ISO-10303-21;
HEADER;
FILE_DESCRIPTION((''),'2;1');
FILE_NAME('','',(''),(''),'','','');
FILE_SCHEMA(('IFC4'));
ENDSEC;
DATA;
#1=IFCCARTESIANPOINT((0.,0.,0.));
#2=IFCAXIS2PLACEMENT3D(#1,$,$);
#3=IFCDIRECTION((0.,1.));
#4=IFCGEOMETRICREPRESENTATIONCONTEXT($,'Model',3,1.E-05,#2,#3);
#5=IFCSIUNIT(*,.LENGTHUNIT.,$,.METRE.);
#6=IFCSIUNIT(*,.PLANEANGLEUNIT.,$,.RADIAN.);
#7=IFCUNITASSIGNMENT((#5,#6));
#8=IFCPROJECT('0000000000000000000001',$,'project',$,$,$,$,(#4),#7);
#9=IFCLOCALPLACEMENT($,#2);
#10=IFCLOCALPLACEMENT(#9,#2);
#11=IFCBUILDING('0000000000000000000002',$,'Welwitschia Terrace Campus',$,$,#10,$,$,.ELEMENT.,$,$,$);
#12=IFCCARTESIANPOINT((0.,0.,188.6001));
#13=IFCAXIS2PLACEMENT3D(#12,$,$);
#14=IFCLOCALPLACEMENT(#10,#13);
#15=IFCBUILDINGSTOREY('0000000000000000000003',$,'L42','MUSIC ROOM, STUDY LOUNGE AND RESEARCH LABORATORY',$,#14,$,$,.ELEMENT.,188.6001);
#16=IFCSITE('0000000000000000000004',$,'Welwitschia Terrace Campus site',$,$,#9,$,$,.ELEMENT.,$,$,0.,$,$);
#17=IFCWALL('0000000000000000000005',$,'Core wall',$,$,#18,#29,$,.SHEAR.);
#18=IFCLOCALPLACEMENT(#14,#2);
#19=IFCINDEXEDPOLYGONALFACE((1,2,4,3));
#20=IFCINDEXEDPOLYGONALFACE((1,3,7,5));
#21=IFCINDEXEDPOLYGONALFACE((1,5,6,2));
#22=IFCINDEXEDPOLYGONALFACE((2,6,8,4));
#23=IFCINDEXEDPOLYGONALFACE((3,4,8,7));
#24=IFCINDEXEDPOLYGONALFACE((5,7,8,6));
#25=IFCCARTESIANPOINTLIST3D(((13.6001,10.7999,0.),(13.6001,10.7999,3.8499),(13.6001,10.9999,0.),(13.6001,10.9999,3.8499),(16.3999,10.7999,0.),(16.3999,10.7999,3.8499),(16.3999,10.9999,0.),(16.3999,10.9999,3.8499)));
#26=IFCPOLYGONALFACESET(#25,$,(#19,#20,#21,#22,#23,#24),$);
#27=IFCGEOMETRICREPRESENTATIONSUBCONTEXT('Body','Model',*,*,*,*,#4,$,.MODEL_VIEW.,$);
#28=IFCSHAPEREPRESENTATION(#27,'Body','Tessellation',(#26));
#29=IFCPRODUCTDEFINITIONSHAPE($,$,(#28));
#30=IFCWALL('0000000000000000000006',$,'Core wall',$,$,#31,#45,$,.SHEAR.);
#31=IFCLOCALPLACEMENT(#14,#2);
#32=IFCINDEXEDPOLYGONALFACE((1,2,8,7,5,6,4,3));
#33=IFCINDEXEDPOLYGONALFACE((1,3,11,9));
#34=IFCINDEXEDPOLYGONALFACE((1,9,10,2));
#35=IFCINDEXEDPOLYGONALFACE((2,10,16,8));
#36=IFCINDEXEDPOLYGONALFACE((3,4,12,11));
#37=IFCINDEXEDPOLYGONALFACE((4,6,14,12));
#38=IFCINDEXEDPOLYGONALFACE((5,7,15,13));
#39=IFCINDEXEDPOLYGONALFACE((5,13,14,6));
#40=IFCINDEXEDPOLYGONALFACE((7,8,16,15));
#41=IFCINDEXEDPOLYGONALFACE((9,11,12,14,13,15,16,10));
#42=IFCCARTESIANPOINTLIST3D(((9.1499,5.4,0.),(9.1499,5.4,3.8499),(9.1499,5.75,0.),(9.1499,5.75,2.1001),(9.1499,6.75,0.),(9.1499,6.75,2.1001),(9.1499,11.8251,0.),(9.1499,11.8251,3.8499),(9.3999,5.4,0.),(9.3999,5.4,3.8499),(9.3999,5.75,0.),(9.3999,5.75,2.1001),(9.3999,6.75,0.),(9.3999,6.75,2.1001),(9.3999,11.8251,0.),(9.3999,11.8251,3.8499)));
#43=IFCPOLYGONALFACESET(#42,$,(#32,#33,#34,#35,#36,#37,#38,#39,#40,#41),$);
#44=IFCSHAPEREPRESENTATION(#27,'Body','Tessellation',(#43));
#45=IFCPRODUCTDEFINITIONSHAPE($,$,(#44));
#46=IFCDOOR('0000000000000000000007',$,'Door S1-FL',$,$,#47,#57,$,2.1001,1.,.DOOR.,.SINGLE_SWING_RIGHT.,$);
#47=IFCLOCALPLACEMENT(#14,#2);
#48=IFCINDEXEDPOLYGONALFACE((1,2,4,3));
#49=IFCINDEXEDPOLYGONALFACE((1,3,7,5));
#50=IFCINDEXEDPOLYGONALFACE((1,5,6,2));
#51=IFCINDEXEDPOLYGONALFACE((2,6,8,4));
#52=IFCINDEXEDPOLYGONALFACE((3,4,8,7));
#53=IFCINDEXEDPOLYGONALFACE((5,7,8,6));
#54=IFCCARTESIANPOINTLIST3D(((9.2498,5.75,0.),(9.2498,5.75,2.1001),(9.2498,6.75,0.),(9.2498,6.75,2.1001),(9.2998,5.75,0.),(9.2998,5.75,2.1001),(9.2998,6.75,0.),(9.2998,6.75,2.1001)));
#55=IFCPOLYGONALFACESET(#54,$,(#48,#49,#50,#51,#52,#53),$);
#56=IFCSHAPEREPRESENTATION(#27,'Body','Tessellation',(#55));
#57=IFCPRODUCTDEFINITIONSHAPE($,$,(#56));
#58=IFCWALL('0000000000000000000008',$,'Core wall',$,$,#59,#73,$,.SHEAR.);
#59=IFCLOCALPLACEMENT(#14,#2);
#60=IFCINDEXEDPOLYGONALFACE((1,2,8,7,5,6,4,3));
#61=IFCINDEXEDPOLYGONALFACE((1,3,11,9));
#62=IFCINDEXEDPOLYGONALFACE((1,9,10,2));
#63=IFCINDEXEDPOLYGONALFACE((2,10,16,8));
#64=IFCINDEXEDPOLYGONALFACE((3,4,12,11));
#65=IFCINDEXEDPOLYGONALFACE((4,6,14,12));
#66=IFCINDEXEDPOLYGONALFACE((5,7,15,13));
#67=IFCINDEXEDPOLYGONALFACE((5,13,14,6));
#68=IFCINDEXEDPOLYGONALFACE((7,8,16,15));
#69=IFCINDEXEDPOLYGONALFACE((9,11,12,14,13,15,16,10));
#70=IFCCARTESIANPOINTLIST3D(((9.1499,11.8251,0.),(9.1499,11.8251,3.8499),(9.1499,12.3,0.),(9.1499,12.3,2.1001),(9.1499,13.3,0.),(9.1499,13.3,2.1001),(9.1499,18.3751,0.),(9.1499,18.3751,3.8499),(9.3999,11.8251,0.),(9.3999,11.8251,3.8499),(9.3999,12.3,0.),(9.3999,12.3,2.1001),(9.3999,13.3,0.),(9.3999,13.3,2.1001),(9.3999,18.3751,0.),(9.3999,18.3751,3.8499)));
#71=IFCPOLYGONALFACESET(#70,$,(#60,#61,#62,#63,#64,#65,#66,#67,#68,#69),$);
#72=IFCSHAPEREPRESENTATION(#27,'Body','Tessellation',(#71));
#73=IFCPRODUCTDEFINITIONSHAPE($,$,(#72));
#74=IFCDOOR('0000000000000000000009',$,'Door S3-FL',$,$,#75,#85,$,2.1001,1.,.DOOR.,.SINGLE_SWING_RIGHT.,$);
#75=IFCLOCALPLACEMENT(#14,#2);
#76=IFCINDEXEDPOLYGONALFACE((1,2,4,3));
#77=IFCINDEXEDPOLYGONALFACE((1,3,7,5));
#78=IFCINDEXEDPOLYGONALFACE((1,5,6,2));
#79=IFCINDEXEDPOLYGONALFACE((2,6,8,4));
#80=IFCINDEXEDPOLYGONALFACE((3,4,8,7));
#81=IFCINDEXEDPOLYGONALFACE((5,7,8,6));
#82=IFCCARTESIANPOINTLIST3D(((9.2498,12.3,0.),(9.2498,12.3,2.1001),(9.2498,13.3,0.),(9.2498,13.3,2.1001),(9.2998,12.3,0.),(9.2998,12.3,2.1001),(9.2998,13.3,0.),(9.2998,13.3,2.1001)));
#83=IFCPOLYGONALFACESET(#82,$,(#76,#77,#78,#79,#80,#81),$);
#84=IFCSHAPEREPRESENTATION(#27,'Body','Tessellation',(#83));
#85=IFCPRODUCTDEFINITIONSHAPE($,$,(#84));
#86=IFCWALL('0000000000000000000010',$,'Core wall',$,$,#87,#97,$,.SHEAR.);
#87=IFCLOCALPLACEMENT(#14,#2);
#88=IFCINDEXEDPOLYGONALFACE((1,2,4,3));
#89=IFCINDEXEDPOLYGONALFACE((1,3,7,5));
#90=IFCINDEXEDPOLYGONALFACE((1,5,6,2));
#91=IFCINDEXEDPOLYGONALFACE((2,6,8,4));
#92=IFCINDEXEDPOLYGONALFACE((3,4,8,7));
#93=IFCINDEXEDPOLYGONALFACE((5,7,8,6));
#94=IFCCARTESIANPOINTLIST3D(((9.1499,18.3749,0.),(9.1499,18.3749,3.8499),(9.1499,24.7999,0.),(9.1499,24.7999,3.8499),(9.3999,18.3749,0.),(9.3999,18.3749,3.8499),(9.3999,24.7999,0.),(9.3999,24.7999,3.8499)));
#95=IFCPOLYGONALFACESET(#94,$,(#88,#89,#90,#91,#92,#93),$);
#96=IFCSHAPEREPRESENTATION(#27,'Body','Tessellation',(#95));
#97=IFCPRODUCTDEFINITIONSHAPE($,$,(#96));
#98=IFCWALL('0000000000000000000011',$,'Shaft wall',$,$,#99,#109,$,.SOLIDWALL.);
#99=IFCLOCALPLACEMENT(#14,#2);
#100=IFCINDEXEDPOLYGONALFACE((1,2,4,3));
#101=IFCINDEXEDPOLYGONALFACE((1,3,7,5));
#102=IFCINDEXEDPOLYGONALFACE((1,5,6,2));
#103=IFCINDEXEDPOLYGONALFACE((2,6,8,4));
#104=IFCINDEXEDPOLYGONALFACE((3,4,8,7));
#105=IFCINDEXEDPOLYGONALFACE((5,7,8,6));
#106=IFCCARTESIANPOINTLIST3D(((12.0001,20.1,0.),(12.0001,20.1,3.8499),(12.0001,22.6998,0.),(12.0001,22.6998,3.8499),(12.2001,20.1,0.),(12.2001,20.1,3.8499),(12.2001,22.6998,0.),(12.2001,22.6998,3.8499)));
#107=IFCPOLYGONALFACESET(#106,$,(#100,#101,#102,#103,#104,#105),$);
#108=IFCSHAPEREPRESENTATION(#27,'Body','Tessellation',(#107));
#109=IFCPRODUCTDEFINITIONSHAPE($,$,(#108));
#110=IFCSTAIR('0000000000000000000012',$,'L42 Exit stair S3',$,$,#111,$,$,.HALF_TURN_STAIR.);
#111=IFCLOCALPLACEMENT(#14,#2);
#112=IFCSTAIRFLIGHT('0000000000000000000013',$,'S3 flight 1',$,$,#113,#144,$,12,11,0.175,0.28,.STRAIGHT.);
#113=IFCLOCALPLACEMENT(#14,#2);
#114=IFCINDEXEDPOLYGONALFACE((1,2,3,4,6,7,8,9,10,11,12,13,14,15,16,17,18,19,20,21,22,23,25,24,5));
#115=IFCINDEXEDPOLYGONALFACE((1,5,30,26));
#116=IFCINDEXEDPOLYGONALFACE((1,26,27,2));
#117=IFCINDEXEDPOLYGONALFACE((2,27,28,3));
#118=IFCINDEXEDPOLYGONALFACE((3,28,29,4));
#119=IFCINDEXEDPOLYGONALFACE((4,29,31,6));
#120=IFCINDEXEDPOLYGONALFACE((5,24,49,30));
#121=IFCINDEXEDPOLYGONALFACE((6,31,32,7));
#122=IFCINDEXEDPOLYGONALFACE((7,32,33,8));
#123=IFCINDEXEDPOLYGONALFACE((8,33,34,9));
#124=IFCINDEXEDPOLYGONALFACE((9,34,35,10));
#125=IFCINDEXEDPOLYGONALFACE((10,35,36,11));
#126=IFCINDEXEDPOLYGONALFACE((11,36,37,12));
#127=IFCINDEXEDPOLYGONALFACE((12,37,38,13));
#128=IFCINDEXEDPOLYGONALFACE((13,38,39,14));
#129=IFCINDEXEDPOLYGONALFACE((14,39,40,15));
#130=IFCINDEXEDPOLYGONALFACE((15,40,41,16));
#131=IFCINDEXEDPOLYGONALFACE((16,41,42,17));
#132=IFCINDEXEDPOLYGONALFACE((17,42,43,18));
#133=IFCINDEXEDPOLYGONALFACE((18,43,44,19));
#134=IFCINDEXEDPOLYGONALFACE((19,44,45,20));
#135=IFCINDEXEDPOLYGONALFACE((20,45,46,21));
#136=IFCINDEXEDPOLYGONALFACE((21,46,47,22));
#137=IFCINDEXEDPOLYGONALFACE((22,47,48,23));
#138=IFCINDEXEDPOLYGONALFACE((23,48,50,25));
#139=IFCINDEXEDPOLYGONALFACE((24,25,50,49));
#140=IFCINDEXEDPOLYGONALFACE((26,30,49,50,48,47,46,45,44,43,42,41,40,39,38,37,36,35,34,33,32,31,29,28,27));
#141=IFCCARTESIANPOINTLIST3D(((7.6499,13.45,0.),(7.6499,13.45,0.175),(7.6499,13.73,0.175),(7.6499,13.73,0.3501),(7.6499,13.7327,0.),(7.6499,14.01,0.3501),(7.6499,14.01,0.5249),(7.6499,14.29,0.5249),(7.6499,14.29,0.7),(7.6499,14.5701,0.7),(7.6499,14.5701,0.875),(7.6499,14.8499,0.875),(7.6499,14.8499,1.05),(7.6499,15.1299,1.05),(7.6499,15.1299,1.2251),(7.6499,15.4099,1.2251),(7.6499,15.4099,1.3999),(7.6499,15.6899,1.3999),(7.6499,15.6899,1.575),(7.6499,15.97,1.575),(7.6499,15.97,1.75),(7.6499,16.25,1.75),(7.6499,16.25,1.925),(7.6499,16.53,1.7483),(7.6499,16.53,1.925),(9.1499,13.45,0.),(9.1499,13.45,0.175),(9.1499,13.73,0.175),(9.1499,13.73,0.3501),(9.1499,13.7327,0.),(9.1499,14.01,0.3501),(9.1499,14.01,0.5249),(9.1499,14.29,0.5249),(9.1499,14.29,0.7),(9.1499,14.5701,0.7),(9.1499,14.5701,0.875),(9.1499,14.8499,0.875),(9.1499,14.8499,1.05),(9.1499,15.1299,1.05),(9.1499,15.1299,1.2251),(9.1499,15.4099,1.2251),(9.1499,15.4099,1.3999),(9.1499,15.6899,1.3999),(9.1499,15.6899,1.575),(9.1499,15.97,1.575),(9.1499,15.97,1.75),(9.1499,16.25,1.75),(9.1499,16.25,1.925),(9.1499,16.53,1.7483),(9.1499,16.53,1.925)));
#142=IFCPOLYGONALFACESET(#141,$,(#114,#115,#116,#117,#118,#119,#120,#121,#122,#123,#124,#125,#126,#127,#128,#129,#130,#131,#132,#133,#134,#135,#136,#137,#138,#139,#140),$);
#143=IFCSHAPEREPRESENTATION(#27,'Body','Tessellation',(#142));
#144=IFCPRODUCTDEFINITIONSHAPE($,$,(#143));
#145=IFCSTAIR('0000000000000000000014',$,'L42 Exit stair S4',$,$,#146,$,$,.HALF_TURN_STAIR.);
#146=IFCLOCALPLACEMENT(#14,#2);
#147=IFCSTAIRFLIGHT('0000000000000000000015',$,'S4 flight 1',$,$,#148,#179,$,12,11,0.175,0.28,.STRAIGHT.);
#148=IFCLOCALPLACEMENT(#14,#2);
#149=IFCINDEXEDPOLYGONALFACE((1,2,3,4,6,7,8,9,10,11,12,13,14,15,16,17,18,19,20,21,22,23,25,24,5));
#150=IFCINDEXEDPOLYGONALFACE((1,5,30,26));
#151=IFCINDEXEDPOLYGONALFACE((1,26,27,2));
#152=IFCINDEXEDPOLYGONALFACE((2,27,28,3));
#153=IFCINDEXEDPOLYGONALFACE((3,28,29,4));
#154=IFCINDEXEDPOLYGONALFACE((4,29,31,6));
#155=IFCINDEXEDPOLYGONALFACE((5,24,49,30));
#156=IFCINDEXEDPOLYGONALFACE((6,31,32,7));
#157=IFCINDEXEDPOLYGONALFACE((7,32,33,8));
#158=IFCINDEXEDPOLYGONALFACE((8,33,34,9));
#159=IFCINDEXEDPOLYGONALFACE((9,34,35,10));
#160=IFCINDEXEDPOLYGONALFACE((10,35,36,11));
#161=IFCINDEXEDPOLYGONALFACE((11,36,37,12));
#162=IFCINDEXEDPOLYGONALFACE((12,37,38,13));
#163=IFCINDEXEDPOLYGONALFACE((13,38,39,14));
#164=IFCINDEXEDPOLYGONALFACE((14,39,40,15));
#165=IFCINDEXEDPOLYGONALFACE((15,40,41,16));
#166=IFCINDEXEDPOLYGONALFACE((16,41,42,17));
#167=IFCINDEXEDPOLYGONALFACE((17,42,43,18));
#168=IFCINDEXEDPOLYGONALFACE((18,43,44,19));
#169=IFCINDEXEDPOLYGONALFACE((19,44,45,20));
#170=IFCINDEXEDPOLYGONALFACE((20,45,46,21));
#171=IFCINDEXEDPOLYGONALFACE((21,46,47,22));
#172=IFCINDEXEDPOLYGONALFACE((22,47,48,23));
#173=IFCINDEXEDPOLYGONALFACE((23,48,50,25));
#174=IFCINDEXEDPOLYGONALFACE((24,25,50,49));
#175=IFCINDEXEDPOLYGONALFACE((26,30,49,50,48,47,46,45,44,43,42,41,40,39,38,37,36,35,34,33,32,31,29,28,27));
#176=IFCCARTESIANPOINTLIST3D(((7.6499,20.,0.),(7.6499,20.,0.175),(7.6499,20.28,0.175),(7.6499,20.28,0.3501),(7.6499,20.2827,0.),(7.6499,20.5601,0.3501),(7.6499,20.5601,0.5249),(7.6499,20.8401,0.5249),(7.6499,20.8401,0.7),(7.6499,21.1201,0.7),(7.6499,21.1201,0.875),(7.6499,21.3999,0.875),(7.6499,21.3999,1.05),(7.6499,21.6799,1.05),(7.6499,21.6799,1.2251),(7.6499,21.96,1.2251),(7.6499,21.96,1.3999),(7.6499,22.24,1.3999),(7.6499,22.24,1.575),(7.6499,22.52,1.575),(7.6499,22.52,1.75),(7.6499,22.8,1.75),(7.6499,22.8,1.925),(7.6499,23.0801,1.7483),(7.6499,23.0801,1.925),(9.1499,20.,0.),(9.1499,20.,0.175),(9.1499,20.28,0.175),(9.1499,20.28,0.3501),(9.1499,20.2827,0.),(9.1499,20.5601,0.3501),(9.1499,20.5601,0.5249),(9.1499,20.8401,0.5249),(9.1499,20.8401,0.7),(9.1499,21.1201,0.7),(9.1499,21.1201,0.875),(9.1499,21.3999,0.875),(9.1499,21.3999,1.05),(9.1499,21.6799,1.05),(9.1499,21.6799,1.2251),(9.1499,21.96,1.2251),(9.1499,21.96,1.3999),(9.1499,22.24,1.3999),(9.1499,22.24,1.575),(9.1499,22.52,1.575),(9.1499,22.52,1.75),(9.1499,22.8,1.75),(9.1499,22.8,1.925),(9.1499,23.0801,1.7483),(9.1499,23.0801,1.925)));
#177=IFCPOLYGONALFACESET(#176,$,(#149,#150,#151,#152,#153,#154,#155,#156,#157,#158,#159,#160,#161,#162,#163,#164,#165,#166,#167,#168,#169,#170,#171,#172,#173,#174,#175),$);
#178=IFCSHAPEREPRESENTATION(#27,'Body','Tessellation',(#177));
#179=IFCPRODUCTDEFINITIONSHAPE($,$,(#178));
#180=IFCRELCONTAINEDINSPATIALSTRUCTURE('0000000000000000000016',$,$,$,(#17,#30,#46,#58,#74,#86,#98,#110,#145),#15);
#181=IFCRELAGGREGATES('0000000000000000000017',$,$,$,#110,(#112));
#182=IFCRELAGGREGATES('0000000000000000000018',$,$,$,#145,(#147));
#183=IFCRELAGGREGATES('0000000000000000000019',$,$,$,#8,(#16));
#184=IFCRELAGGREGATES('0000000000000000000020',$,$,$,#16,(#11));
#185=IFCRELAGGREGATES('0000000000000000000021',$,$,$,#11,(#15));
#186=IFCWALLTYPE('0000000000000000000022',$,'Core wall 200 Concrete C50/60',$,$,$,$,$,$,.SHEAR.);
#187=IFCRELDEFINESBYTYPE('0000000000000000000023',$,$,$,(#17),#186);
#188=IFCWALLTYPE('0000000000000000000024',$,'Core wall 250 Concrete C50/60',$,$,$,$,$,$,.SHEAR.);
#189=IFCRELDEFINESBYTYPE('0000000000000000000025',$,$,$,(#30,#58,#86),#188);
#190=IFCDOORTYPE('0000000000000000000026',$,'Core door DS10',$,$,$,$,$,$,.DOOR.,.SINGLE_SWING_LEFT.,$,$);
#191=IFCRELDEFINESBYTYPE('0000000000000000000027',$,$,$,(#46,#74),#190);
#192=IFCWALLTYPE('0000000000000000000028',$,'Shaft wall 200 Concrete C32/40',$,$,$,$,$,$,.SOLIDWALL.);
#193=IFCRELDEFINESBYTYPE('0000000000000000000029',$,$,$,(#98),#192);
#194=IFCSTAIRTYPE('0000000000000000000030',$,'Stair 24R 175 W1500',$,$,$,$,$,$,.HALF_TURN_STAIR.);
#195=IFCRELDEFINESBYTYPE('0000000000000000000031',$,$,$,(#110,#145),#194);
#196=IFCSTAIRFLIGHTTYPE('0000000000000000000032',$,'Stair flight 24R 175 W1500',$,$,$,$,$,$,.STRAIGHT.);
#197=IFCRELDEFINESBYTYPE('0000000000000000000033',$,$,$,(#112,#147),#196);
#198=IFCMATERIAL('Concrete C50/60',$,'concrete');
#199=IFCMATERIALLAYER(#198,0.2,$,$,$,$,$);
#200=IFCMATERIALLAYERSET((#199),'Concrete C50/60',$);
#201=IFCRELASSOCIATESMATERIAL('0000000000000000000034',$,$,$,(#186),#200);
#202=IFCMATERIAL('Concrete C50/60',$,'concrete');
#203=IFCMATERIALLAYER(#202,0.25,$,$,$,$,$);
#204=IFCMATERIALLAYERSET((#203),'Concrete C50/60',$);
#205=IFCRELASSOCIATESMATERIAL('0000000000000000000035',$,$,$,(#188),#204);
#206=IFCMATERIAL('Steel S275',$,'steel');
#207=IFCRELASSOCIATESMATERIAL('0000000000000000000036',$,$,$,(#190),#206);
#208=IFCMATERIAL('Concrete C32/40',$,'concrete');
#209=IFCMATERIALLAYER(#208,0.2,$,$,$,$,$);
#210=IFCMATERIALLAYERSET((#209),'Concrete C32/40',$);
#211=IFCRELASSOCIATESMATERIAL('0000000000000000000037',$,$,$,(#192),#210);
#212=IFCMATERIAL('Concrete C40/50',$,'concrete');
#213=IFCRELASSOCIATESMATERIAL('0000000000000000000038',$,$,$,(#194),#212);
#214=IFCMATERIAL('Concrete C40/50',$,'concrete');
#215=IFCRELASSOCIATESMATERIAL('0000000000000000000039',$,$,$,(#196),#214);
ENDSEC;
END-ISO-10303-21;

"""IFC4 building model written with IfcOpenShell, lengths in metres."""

from ifc_helpers import new_model, si_unit, direction, frame, frame_2d, origin, place, context, subcontext, project, spatial, polyline, rectangle, outline, extrude, material, layer, layer_set, type_object, element, fill, aggregate, save


model = new_model("IFC4")

# Units and contexts
model_context = context("Model", 3, precision=1e-05, world=origin(), true_north=direction((0.0, 1.0)))
body_context = subcontext(model_context, "Body", "Model", "MODEL_VIEW")
ifc_project = project(units=[si_unit("LENGTHUNIT", "METRE"), si_unit("PLANEANGLEUNIT", "RADIAN")], contexts=[model_context])

# Site, building, storey
site_placement = place(None, origin())
site = spatial("IfcSite", under=ifc_project, at=site_placement, Name="Welwitschia Terrace Campus site", CompositionType="ELEMENT", RefElevation=0.0)
building_placement = place(site_placement, origin())
building = spatial("IfcBuilding", under=site, at=building_placement, Name="Welwitschia Terrace Campus", CompositionType="ELEMENT")
storey_placement = place(building_placement, frame((0.0, 0.0, 188.6001)))
storey = spatial("IfcBuildingStorey", under=building, at=storey_placement, Name="L42", Description="MUSIC ROOM, STUDY LOUNGE AND RESEARCH LABORATORY", CompositionType="ELEMENT", Elevation=188.6001)

# Wall
ifc_material_1 = material(Name="Concrete C50/60", Category="concrete")
ifc_layer_1 = layer(ifc_material_1, 0.2)
ifc_layer_set_1 = layer_set([ifc_layer_1], Name="Concrete C50/60")
wall_type_1 = type_object("IfcWallType", Name="Core wall 200 Concrete C50/60", PredefinedType="SHEAR", material=ifc_layer_set_1)
for number, where, z_axis, x_axis, name in (
    (1, (13.6001, 10.8999, 0.0), (0.0, 0.0, 1.0), (1.0, 0.0, 0.0), "Core wall"),
):
    element("IfcWall", number, at=place(storey_placement, frame(where, z_axis=z_axis, x_axis=x_axis)), inside=storey, type_object=wall_type_1, Name=name, PredefinedType="SHEAR", context=body_context, shape_type="SweptSolid", body=[
        extrude(rectangle(XDim=2.7998, YDim=0.2, at=frame_2d((1.3999, 0.0))), origin(), (0.0, 0.0, 1.0), 3.8499),
    ])

# Walls, openings, doors
ifc_material_2 = material(Name="Concrete C50/60", Category="concrete")
ifc_layer_2 = layer(ifc_material_2, 0.25)
ifc_layer_set_2 = layer_set([ifc_layer_2], Name="Concrete C50/60")
wall_type_2 = type_object("IfcWallType", Name="Core wall 250 Concrete C50/60", PredefinedType="SHEAR", material=ifc_layer_set_2)
wall_1_placement = place(storey_placement, frame((9.2749, 11.825, 0.0), z_axis=(0.0, 0.0, 1.0), x_axis=(0.0, -1.0, 0.0)))
wall_1 = element("IfcWall", 2, at=wall_1_placement, inside=storey, type_object=wall_type_2, Name="Core wall", PredefinedType="SHEAR", context=body_context, shape_type="SweptSolid", body=[
    extrude(rectangle(XDim=6.425, YDim=0.25, at=frame_2d((3.2124, 0.0))), origin(), (0.0, 0.0, 1.0), 3.8499),
])
opening_1_placement = place(wall_1_placement, frame((5.075, 0.0, 0.0)))
opening_1 = element("IfcOpeningElement", 3, at=opening_1_placement, cuts=wall_1, PredefinedType="OPENING", context=body_context, shape_type="SweptSolid", body=[
    extrude(rectangle(XDim=1.0, YDim=2.1001, at=frame_2d((0.5, 1.05))), frame((0.0, 0.135, 0.0), z_axis=(0.0, -1.0, 0.0), x_axis=(1.0, 0.0, 0.0)), (0.0, 0.0, 1.0), 0.27),
])
ifc_material_3 = material(Name="Steel S275", Category="steel")
door_type_1 = type_object("IfcDoorType", Name="Core door DS10", OperationType="SINGLE_SWING_LEFT", PredefinedType="DOOR", material=ifc_material_3)
door_1_placement = place(opening_1_placement, origin())
door_1 = element("IfcDoor", 4, at=door_1_placement, inside=storey, type_object=door_type_1, Name="Door S1-FL", OperationType="SINGLE_SWING_RIGHT", OverallHeight=2.1001, OverallWidth=1.0, PredefinedType="DOOR", context=body_context, shape_type="SweptSolid", body=[
    extrude(rectangle(XDim=1.0, YDim=2.1001, at=frame_2d((0.5, 1.05))), frame((0.0, 0.0249, 0.0), z_axis=(0.0, -1.0, 0.0), x_axis=(1.0, 0.0, 0.0)), (0.0, 0.0, 1.0), 0.05),
])
fill(opening_1, door_1)
wall_2_placement = place(storey_placement, frame((9.2749, 18.375, 0.0), z_axis=(0.0, 0.0, 1.0), x_axis=(0.0, -1.0, 0.0)))
wall_2 = element("IfcWall", 5, at=wall_2_placement, inside=storey, type_object=wall_type_2, Name="Core wall", PredefinedType="SHEAR", context=body_context, shape_type="SweptSolid", body=[
    extrude(rectangle(XDim=6.55, YDim=0.25, at=frame_2d((3.2749, 0.0))), origin(), (0.0, 0.0, 1.0), 3.8499),
])
opening_2_placement = place(wall_2_placement, frame((5.075, 0.0, 0.0)))
opening_2 = element("IfcOpeningElement", 6, at=opening_2_placement, cuts=wall_2, PredefinedType="OPENING", context=body_context, shape_type="SweptSolid", body=[
    extrude(rectangle(XDim=1.0, YDim=2.1001, at=frame_2d((0.5, 1.05))), frame((0.0, 0.135, 0.0), z_axis=(0.0, -1.0, 0.0), x_axis=(1.0, 0.0, 0.0)), (0.0, 0.0, 1.0), 0.27),
])
door_2_placement = place(opening_2_placement, origin())
door_2 = element("IfcDoor", 7, at=door_2_placement, inside=storey, type_object=door_type_1, Name="Door S3-FL", OperationType="SINGLE_SWING_RIGHT", OverallHeight=2.1001, OverallWidth=1.0, PredefinedType="DOOR", context=body_context, shape_type="SweptSolid", body=[
    extrude(rectangle(XDim=1.0, YDim=2.1001, at=frame_2d((0.5, 1.05))), frame((0.0, 0.0249, 0.0), z_axis=(0.0, -1.0, 0.0), x_axis=(1.0, 0.0, 0.0)), (0.0, 0.0, 1.0), 0.05),
])
fill(opening_2, door_2)

# Walls
wall_3_placement = place(storey_placement, frame((9.2749, 18.375, 0.0), z_axis=(0.0, 0.0, 1.0), x_axis=(0.0, 1.0, 0.0)))
element("IfcWall", 8, at=wall_3_placement, inside=storey, type_object=wall_type_2, Name="Core wall", PredefinedType="SHEAR", context=body_context, shape_type="SweptSolid", body=[
    extrude(rectangle(XDim=6.425, YDim=0.25, at=frame_2d((3.2124, 0.0))), origin(), (0.0, 0.0, 1.0), 3.8499),
])
ifc_material_4 = material(Name="Concrete C32/40", Category="concrete")
ifc_layer_3 = layer(ifc_material_4, 0.2)
ifc_layer_set_3 = layer_set([ifc_layer_3], Name="Concrete C32/40")
wall_type_3 = type_object("IfcWallType", Name="Shaft wall 200 Concrete C32/40", PredefinedType="SOLIDWALL", material=ifc_layer_set_3)
wall_4_placement = place(storey_placement, frame((12.1001, 20.1001, 0.0), z_axis=(0.0, 0.0, 1.0), x_axis=(0.0, 1.0, 0.0)))
element("IfcWall", 9, at=wall_4_placement, inside=storey, type_object=wall_type_3, Name="Shaft wall", PredefinedType="SOLIDWALL", context=body_context, shape_type="SweptSolid", body=[
    extrude(rectangle(XDim=2.5999, YDim=0.2, at=frame_2d((1.2998, 0.0))), origin(), (0.0, 0.0, 1.0), 3.8499),
])

# Stairs, stair flights
ifc_material_5 = material(Name="Concrete C40/50", Category="concrete")
stair_type = type_object("IfcStairType", Name="Stair 24R 175 W1500", PredefinedType="HALF_TURN_STAIR", material=ifc_material_5)
stair_1_placement = place(storey_placement, origin())
stair_1 = element("IfcStair", 10, at=stair_1_placement, inside=storey, type_object=stair_type, Name="L42 Exit stair S3", PredefinedType="HALF_TURN_STAIR")
ifc_material_6 = material(Name="Concrete C40/50", Category="concrete")
stair_flight_type = type_object("IfcStairFlightType", Name="Stair flight 24R 175 W1500", PredefinedType="STRAIGHT", material=ifc_material_6)
stair_flight_1_placement = place(storey_placement, frame((8.3999, 13.45, 0.0), z_axis=(0.0, 0.0, 1.0), x_axis=(0.0, 1.0, 0.0)))
stair_flight_1 = element("IfcStairFlight", 11, at=stair_flight_1_placement, type_object=stair_flight_type, Name="S3 flight 1", NumberOfRisers=12, NumberOfTreads=11, PredefinedType="STRAIGHT", RiserHeight=0.175, TreadLength=0.28, context=body_context, shape_type="SweptSolid", body=[
    extrude(outline(polyline([(0.0, 0.0), (0.0, 0.175), (0.28, 0.175), (0.28, 0.3501), (0.5601, 0.3501), (0.5601, 0.5249), (0.8401, 0.5249), (0.8401, 0.7), (1.1201, 0.7), (1.1201, 0.875), (1.3999, 0.875), (1.3999, 1.05), (1.6799, 1.05), (1.6799, 1.2251), (1.96, 1.2251), (1.96, 1.3999), (2.24, 1.3999), (2.24, 1.575), (2.52, 1.575), (2.52, 1.75), (2.8, 1.75), (2.8, 1.925), (3.0801, 1.925), (3.0801, 2.1001), (3.0801, 1.7483), (0.2827, 0.0), (0.0, 0.0)])), frame((0.0, 0.75, 0.0), z_axis=(0.0, -1.0, 0.0), x_axis=(1.0, 0.0, 0.0)), (0.0, 0.0, 1.0), 1.5),
])
aggregate(stair_1, [stair_flight_1])
stair_2_placement = place(storey_placement, origin())
stair_2 = element("IfcStair", 12, at=stair_2_placement, inside=storey, type_object=stair_type, Name="L42 Exit stair S4", PredefinedType="HALF_TURN_STAIR")
stair_flight_2_placement = place(storey_placement, frame((8.3999, 20.0, 0.0), z_axis=(0.0, 0.0, 1.0), x_axis=(0.0, 1.0, 0.0)))
stair_flight_2 = element("IfcStairFlight", 13, at=stair_flight_2_placement, type_object=stair_flight_type, Name="S4 flight 1", NumberOfRisers=12, NumberOfTreads=11, PredefinedType="STRAIGHT", RiserHeight=0.175, TreadLength=0.28, context=body_context, shape_type="SweptSolid", body=[
    extrude(outline(polyline([(0.0, 0.0), (0.0, 0.175), (0.28, 0.175), (0.28, 0.3501), (0.5601, 0.3501), (0.5601, 0.5249), (0.8401, 0.5249), (0.8401, 0.7), (1.1201, 0.7), (1.1201, 0.875), (1.3999, 0.875), (1.3999, 1.05), (1.6799, 1.05), (1.6799, 1.2251), (1.96, 1.2251), (1.96, 1.3999), (2.24, 1.3999), (2.24, 1.575), (2.52, 1.575), (2.52, 1.75), (2.8, 1.75), (2.8, 1.925), (3.0801, 1.925), (3.0801, 2.1001), (3.0801, 1.7483), (0.2827, 0.0), (0.0, 0.0)])), frame((0.0, 0.75, 0.0), z_axis=(0.0, -1.0, 0.0), x_axis=(1.0, 0.0, 0.0)), (0.0, 0.0, 1.0), 1.5),
])
aggregate(stair_2, [stair_flight_2])

save(model, "model.ifc")
